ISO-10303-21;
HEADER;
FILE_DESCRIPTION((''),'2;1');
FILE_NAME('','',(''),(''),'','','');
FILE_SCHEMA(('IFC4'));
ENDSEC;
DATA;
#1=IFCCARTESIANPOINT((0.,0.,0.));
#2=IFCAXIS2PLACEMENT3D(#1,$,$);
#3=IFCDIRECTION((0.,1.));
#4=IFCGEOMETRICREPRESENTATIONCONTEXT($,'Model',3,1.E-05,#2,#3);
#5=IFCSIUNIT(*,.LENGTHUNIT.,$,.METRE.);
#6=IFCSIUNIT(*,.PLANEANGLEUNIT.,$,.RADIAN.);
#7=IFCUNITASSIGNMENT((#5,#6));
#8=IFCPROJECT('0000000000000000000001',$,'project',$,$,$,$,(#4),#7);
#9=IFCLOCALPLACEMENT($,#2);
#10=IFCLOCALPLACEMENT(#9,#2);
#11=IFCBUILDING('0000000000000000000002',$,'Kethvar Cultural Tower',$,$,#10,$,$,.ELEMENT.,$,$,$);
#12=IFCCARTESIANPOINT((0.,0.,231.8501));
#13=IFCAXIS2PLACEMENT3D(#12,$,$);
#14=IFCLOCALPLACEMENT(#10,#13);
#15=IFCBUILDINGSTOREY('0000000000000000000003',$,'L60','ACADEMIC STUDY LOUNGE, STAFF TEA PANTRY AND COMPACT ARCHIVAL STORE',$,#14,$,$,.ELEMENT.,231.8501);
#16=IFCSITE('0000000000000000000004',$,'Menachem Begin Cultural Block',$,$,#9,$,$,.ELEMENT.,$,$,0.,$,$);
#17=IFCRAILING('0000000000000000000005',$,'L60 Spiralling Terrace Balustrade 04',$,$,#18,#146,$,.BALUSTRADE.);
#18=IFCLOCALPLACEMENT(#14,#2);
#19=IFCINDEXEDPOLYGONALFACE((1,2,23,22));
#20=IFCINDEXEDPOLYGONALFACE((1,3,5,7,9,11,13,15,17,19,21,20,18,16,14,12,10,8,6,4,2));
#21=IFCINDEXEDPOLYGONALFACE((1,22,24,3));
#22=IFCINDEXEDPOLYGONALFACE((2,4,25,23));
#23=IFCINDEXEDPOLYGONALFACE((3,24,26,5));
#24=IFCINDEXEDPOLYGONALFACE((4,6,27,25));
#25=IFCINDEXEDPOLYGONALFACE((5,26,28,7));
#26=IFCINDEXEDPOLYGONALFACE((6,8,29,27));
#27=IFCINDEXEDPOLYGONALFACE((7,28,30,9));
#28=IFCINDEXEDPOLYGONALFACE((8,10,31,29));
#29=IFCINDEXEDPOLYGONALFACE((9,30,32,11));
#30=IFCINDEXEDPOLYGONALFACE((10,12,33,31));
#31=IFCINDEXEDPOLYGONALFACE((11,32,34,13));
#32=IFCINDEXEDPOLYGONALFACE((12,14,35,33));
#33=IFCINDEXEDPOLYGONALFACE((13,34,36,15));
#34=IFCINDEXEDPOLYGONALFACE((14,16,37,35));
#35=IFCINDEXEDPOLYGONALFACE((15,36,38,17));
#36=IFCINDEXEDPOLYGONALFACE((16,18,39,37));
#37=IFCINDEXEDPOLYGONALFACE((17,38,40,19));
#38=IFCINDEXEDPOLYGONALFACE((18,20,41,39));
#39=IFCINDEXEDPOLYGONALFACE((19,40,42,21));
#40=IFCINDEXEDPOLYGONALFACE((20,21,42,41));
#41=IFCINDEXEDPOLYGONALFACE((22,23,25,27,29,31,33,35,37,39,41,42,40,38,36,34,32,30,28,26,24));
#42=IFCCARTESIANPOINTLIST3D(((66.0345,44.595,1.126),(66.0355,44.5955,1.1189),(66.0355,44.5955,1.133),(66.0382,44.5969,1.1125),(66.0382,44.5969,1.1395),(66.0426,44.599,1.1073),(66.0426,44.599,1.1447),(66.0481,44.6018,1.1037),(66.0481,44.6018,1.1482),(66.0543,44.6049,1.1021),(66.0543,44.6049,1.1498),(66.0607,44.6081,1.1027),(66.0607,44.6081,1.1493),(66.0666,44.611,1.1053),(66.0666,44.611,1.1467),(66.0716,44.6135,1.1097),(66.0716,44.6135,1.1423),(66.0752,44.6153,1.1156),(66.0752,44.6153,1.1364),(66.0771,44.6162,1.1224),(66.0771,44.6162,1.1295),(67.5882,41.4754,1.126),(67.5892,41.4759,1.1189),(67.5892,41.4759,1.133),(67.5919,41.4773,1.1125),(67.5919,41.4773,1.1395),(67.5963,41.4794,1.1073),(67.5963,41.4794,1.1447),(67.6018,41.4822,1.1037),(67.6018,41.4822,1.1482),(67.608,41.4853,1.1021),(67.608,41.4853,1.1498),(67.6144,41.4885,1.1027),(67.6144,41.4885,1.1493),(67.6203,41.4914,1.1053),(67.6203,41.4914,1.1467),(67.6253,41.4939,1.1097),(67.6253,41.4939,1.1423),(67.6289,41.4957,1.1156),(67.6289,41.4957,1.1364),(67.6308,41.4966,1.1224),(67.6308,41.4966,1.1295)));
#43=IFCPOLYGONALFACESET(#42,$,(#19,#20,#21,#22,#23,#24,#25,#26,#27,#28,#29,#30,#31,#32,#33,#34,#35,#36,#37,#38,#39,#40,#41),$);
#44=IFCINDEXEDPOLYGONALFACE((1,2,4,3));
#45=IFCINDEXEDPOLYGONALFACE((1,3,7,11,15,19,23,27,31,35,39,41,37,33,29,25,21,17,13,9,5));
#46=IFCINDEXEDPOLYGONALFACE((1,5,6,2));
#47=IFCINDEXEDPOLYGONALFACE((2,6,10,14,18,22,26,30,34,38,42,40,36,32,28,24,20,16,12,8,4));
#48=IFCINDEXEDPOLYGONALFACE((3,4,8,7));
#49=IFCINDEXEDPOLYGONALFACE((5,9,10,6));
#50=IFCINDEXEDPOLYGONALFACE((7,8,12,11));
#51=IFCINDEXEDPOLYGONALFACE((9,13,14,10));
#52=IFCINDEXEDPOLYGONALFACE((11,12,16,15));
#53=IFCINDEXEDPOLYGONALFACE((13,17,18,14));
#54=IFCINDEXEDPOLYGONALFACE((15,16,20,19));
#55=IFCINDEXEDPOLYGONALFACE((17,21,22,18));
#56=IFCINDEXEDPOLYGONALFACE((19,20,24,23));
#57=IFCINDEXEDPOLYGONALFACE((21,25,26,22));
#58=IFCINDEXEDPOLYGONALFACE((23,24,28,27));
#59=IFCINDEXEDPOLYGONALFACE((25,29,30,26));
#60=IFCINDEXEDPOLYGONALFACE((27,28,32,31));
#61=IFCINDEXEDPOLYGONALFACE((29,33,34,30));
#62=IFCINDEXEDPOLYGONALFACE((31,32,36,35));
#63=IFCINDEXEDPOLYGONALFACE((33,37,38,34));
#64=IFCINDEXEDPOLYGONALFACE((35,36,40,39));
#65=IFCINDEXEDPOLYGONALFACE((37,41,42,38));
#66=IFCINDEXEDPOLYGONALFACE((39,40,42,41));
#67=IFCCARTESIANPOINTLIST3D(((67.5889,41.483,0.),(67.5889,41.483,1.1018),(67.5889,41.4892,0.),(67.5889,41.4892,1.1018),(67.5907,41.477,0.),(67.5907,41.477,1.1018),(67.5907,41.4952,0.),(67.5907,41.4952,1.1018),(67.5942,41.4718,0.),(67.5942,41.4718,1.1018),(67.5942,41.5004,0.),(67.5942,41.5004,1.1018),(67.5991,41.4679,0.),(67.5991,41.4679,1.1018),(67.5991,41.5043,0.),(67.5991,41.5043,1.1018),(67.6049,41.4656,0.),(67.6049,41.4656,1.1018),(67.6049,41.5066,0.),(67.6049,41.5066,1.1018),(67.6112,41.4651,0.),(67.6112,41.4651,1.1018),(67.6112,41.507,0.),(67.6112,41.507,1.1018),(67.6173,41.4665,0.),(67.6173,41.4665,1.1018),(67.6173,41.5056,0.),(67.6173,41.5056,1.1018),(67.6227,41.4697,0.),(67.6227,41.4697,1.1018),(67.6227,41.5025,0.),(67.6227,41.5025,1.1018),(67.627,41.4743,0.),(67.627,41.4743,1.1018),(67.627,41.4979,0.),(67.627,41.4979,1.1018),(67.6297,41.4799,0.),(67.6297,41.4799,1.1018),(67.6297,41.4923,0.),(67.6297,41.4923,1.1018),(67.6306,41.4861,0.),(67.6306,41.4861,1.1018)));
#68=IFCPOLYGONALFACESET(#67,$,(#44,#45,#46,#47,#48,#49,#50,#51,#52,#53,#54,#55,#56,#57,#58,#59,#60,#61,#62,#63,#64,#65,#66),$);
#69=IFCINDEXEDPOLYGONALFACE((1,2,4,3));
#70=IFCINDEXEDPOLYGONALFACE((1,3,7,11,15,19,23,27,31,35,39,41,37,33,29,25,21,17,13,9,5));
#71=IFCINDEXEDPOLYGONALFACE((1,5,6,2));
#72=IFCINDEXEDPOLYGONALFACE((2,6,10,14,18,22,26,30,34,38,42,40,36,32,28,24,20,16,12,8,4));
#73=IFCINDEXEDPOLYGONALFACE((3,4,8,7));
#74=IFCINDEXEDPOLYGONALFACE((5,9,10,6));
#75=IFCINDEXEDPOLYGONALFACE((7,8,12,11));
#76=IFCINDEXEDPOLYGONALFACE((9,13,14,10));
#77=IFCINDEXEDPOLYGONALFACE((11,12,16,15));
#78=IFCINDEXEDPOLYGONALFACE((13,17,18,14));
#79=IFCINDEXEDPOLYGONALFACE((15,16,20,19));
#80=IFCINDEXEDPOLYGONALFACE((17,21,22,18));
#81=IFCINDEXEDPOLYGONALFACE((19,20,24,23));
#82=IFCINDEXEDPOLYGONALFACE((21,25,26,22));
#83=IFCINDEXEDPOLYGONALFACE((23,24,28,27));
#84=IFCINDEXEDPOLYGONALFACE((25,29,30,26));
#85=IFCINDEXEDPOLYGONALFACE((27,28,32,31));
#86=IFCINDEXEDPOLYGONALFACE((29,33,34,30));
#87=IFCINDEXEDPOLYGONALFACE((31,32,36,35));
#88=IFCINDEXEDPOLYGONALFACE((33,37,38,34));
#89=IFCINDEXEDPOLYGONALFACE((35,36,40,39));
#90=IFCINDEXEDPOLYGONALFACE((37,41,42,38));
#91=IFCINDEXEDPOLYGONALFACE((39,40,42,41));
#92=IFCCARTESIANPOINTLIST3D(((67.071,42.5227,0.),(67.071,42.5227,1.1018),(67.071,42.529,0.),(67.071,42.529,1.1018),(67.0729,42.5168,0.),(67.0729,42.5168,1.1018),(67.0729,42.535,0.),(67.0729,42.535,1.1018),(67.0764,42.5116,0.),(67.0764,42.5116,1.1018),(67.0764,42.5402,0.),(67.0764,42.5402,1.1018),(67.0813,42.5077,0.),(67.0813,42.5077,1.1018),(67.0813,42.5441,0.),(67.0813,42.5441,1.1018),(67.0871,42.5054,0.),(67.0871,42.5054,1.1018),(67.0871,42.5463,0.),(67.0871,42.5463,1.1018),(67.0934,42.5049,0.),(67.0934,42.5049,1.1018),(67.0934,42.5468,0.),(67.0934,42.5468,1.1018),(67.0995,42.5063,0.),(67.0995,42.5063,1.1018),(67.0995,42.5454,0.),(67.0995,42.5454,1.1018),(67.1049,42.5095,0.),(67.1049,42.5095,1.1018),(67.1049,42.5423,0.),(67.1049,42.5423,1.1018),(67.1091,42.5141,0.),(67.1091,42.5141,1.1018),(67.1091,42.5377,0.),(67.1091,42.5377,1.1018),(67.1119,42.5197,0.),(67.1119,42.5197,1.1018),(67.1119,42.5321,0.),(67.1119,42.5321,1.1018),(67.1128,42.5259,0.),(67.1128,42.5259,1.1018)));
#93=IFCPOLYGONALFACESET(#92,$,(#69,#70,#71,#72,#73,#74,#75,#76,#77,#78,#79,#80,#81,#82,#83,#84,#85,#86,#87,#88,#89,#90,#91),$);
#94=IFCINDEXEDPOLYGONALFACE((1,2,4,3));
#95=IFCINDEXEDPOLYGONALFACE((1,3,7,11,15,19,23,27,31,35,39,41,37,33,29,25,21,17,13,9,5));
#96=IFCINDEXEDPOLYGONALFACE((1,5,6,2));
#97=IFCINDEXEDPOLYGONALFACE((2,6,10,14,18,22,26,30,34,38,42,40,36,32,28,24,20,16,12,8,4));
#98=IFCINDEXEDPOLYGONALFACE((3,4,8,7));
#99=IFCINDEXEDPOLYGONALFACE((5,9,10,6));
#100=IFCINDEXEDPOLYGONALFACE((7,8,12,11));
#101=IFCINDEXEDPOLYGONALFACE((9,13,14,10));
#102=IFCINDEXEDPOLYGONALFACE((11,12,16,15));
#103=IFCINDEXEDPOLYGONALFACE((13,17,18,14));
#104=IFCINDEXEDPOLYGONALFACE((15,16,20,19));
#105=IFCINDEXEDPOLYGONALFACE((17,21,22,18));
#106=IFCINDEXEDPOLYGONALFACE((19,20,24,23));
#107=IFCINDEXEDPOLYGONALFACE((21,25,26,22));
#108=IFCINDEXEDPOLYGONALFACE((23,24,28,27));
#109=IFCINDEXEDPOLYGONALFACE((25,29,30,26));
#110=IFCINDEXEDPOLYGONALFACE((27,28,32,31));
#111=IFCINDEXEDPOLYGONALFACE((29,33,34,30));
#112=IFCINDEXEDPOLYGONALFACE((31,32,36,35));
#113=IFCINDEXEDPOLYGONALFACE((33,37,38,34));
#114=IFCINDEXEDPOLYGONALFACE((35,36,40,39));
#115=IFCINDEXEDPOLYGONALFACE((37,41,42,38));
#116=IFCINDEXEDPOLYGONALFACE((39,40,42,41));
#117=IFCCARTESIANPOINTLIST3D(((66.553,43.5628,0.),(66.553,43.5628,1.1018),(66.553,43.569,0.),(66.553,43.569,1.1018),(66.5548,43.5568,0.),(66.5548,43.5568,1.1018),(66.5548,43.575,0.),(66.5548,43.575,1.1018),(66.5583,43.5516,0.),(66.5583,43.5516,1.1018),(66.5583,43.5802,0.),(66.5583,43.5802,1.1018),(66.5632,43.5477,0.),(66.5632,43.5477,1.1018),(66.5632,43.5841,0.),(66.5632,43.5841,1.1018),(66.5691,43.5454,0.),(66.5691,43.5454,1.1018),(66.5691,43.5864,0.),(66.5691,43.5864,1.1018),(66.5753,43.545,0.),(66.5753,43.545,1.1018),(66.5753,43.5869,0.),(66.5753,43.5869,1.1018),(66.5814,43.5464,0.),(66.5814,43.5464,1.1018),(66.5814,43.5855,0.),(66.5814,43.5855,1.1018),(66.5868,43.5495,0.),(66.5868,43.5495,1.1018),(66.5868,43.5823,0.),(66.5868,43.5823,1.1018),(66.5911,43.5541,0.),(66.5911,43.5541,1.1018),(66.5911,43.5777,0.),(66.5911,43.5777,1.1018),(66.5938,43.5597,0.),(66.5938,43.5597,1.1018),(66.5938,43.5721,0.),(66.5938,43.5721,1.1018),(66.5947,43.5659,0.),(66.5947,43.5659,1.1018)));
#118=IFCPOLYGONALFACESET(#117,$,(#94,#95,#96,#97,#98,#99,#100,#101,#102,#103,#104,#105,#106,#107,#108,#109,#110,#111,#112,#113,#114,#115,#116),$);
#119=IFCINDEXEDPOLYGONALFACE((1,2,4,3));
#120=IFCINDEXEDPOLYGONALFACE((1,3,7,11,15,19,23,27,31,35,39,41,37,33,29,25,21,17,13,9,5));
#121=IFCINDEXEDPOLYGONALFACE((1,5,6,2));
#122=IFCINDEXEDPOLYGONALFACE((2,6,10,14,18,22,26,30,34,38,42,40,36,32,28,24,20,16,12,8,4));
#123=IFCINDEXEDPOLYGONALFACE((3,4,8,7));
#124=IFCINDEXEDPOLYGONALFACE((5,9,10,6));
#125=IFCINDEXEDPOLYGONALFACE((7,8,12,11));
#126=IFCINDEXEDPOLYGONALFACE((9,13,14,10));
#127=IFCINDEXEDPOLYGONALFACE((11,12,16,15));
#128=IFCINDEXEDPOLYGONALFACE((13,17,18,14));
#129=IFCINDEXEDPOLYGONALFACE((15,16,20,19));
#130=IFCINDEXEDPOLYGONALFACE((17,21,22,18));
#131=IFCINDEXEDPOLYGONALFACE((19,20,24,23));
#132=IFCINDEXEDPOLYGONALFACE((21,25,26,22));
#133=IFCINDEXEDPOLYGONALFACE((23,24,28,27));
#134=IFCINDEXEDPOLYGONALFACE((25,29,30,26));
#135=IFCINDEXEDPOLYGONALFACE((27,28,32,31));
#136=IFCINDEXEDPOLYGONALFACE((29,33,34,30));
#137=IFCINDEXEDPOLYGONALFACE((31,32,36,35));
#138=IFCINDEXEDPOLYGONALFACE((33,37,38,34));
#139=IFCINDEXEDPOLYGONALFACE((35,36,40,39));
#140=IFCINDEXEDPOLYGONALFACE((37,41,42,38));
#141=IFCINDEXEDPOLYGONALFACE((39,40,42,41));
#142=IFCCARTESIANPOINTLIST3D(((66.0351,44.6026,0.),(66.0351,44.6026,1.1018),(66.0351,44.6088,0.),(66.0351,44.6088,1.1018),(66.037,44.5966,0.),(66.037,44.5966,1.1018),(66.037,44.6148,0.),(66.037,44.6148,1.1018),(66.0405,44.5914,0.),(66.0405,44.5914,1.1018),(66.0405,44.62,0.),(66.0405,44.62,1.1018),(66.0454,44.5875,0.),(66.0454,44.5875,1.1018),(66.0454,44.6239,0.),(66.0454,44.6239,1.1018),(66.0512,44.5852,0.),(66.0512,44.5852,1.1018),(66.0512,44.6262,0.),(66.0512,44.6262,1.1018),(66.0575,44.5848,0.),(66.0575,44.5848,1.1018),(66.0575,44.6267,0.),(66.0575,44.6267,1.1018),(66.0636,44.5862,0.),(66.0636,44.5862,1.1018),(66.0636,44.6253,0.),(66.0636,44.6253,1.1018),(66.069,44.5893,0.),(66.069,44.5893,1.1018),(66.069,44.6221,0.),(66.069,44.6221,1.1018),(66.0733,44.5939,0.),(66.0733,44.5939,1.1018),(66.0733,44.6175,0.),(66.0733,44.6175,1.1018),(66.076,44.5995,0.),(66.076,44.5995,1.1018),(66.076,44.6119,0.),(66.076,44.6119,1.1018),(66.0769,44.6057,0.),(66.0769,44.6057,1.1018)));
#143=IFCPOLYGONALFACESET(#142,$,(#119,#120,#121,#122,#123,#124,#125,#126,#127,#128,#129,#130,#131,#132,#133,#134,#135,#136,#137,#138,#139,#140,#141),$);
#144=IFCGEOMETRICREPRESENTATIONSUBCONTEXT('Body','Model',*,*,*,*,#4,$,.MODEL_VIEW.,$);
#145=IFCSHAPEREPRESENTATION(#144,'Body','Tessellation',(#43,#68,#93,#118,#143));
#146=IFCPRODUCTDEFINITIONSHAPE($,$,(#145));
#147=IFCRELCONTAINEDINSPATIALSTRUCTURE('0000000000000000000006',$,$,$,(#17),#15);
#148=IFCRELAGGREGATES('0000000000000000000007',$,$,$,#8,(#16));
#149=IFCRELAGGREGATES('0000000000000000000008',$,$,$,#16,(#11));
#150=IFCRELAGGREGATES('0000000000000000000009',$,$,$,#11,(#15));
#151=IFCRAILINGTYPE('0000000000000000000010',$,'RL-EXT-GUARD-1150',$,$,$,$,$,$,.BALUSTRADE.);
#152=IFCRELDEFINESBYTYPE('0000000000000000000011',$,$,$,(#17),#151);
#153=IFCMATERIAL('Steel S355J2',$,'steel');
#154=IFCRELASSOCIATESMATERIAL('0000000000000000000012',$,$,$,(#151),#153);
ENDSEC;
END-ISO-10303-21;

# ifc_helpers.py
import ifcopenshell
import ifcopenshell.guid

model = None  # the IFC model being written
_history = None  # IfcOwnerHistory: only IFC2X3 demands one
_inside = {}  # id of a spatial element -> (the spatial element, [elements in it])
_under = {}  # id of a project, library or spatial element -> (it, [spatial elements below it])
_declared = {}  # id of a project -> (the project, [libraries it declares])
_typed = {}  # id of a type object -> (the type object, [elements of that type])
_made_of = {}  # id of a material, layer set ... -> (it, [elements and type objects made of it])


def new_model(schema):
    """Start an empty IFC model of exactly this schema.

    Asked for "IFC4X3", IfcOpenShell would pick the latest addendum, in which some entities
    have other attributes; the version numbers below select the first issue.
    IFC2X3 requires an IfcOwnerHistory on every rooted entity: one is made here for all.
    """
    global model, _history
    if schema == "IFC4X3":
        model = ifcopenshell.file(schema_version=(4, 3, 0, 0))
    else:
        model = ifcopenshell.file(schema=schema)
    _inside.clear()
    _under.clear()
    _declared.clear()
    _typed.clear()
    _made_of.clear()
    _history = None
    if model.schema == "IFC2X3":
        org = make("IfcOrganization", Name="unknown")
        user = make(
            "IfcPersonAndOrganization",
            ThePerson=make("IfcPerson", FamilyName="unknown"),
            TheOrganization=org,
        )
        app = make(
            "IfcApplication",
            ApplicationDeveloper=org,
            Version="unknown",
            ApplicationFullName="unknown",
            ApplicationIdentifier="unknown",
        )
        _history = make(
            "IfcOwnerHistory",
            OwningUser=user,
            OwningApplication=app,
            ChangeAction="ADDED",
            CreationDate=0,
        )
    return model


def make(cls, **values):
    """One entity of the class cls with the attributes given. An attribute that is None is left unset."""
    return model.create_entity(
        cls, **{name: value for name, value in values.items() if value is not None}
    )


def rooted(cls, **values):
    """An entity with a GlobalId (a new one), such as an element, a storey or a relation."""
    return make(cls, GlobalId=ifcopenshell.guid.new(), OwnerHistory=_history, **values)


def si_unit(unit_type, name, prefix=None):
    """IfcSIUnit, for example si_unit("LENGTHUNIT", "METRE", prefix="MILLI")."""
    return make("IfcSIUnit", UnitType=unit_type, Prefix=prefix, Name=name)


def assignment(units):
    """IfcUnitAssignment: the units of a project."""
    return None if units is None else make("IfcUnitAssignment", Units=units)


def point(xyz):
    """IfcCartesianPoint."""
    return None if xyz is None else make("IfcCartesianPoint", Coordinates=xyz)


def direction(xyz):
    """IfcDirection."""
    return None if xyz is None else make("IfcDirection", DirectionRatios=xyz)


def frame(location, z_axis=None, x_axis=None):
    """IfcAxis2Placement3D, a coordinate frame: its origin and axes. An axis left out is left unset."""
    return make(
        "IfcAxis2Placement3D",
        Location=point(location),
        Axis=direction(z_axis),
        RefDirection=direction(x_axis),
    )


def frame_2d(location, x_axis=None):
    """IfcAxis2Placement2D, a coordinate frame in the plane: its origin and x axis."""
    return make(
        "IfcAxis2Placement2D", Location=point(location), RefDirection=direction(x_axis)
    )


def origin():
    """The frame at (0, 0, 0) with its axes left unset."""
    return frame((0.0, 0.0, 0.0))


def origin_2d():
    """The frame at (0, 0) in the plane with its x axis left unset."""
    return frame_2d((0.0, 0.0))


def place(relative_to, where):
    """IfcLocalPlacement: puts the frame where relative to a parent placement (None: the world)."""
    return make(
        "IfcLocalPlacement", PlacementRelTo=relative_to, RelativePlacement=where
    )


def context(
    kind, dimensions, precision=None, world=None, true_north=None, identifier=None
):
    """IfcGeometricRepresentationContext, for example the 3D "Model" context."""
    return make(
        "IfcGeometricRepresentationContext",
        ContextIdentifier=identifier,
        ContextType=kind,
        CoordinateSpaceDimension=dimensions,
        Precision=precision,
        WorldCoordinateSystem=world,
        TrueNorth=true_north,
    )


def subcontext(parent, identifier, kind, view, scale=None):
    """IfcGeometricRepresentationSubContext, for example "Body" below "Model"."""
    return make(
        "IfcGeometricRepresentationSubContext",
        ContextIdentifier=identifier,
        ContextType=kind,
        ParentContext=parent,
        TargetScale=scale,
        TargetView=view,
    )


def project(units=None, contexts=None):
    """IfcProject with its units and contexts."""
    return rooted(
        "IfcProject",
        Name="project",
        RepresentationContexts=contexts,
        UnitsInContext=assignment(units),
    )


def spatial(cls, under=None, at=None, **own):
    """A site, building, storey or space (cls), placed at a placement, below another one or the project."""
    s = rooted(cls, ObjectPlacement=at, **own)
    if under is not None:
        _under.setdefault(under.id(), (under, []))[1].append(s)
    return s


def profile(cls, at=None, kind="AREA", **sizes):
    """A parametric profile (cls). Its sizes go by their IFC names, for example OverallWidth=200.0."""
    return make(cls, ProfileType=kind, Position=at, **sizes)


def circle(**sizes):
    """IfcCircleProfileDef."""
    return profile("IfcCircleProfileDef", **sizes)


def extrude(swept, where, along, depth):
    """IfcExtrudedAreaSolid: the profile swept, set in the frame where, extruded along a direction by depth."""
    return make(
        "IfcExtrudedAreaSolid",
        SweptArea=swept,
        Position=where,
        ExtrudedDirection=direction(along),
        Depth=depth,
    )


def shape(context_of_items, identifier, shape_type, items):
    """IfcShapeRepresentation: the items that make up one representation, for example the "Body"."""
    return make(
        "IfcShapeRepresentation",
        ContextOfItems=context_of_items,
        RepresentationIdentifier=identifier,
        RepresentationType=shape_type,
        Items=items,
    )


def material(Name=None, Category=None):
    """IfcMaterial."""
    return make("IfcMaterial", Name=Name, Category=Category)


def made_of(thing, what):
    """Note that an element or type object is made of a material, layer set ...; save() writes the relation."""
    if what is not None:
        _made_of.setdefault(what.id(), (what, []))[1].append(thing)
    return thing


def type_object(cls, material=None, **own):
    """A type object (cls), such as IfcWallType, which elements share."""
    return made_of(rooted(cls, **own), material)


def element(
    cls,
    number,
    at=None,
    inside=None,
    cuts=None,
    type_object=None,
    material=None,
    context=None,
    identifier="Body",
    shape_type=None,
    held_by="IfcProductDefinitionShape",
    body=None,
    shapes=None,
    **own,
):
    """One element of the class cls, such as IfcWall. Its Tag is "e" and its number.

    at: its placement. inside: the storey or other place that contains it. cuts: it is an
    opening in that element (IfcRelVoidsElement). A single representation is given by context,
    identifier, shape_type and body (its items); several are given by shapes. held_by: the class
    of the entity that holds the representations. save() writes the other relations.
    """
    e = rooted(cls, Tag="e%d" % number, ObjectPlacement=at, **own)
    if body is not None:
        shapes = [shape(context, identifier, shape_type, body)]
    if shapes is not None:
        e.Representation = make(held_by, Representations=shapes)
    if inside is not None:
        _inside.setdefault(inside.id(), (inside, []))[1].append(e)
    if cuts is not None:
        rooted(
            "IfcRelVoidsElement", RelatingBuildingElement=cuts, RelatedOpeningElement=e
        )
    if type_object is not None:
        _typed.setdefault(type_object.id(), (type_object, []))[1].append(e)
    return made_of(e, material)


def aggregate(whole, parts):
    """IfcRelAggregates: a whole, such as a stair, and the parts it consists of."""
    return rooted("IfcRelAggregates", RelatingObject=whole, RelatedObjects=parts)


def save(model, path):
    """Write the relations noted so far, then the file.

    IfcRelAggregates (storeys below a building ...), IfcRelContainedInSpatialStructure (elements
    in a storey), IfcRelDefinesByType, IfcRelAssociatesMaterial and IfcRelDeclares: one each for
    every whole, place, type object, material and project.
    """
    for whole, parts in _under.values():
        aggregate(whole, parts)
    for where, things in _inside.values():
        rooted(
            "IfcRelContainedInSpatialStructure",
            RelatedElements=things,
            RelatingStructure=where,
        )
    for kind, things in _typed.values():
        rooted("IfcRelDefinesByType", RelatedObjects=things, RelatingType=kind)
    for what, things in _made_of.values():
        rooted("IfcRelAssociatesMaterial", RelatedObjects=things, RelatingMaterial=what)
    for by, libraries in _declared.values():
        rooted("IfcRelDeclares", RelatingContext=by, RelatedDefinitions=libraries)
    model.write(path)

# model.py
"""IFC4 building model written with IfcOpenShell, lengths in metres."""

from ifc_helpers import new_model, si_unit, direction, frame, origin, origin_2d, place, context, subcontext, project, spatial, circle, extrude, material, type_object, element, save


model = new_model("IFC4")

# Units and contexts
model_context = context("Model", 3, precision=1e-05, world=origin(), true_north=direction((0.0, 1.0)))
body_context = subcontext(model_context, "Body", "Model", "MODEL_VIEW")
ifc_project = project(units=[si_unit("LENGTHUNIT", "METRE"), si_unit("PLANEANGLEUNIT", "RADIAN")], contexts=[model_context])

# Site, building, storey
site_placement = place(None, origin())
site = spatial("IfcSite", under=ifc_project, at=site_placement, Name="Menachem Begin Cultural Block", CompositionType="ELEMENT", RefElevation=0.0)
building_placement = place(site_placement, origin())
building = spatial("IfcBuilding", under=site, at=building_placement, Name="Kethvar Cultural Tower", CompositionType="ELEMENT")
storey_placement = place(building_placement, frame((0.0, 0.0, 231.8501)))
storey = spatial("IfcBuildingStorey", under=building, at=storey_placement, Name="L60", Description="ACADEMIC STUDY LOUNGE, STAFF TEA PANTRY AND COMPACT ARCHIVAL STORE", CompositionType="ELEMENT", Elevation=231.8501)

# Shared definitions
ifc_material_1 = material(Name="Steel S355J2", Category="steel")

# Railing
railing_type = type_object("IfcRailingType", Name="RL-EXT-GUARD-1150", PredefinedType="BALUSTRADE", material=ifc_material_1)
railing_1_placement = place(storey_placement, frame((67.6096, 41.4861, 0.0)))
element("IfcRailing", 1, at=railing_1_placement, inside=storey, type_object=railing_type, Name="L60 Spiralling Terrace Balustrade 04", PredefinedType="BALUSTRADE", context=body_context, shape_type="SweptSolid", body=[
    extrude(circle(Radius=0.0239, at=origin_2d()), frame((0.0, 0.0, 1.126), z_axis=(-0.445812, 0.895127, 0.0), x_axis=(-0.895127, -0.445812, 0.0)), (0.0, 0.0, 1.0), 3.4851),
    extrude(circle(Radius=0.021, at=origin_2d()), origin(), (0.0, 0.0, 1.0), 1.1018),
    extrude(circle(Radius=0.021, at=origin_2d()), frame((-0.5178, 1.0398, 0.0)), (0.0, 0.0, 1.0), 1.1018),
    extrude(circle(Radius=0.021, at=origin_2d()), frame((-1.0359, 2.0798, 0.0)), (0.0, 0.0, 1.0), 1.1018),
    extrude(circle(Radius=0.021, at=origin_2d()), frame((-1.5537, 3.1196, 0.0)), (0.0, 0.0, 1.0), 1.1018),
])

save(model, "model.ifc")
